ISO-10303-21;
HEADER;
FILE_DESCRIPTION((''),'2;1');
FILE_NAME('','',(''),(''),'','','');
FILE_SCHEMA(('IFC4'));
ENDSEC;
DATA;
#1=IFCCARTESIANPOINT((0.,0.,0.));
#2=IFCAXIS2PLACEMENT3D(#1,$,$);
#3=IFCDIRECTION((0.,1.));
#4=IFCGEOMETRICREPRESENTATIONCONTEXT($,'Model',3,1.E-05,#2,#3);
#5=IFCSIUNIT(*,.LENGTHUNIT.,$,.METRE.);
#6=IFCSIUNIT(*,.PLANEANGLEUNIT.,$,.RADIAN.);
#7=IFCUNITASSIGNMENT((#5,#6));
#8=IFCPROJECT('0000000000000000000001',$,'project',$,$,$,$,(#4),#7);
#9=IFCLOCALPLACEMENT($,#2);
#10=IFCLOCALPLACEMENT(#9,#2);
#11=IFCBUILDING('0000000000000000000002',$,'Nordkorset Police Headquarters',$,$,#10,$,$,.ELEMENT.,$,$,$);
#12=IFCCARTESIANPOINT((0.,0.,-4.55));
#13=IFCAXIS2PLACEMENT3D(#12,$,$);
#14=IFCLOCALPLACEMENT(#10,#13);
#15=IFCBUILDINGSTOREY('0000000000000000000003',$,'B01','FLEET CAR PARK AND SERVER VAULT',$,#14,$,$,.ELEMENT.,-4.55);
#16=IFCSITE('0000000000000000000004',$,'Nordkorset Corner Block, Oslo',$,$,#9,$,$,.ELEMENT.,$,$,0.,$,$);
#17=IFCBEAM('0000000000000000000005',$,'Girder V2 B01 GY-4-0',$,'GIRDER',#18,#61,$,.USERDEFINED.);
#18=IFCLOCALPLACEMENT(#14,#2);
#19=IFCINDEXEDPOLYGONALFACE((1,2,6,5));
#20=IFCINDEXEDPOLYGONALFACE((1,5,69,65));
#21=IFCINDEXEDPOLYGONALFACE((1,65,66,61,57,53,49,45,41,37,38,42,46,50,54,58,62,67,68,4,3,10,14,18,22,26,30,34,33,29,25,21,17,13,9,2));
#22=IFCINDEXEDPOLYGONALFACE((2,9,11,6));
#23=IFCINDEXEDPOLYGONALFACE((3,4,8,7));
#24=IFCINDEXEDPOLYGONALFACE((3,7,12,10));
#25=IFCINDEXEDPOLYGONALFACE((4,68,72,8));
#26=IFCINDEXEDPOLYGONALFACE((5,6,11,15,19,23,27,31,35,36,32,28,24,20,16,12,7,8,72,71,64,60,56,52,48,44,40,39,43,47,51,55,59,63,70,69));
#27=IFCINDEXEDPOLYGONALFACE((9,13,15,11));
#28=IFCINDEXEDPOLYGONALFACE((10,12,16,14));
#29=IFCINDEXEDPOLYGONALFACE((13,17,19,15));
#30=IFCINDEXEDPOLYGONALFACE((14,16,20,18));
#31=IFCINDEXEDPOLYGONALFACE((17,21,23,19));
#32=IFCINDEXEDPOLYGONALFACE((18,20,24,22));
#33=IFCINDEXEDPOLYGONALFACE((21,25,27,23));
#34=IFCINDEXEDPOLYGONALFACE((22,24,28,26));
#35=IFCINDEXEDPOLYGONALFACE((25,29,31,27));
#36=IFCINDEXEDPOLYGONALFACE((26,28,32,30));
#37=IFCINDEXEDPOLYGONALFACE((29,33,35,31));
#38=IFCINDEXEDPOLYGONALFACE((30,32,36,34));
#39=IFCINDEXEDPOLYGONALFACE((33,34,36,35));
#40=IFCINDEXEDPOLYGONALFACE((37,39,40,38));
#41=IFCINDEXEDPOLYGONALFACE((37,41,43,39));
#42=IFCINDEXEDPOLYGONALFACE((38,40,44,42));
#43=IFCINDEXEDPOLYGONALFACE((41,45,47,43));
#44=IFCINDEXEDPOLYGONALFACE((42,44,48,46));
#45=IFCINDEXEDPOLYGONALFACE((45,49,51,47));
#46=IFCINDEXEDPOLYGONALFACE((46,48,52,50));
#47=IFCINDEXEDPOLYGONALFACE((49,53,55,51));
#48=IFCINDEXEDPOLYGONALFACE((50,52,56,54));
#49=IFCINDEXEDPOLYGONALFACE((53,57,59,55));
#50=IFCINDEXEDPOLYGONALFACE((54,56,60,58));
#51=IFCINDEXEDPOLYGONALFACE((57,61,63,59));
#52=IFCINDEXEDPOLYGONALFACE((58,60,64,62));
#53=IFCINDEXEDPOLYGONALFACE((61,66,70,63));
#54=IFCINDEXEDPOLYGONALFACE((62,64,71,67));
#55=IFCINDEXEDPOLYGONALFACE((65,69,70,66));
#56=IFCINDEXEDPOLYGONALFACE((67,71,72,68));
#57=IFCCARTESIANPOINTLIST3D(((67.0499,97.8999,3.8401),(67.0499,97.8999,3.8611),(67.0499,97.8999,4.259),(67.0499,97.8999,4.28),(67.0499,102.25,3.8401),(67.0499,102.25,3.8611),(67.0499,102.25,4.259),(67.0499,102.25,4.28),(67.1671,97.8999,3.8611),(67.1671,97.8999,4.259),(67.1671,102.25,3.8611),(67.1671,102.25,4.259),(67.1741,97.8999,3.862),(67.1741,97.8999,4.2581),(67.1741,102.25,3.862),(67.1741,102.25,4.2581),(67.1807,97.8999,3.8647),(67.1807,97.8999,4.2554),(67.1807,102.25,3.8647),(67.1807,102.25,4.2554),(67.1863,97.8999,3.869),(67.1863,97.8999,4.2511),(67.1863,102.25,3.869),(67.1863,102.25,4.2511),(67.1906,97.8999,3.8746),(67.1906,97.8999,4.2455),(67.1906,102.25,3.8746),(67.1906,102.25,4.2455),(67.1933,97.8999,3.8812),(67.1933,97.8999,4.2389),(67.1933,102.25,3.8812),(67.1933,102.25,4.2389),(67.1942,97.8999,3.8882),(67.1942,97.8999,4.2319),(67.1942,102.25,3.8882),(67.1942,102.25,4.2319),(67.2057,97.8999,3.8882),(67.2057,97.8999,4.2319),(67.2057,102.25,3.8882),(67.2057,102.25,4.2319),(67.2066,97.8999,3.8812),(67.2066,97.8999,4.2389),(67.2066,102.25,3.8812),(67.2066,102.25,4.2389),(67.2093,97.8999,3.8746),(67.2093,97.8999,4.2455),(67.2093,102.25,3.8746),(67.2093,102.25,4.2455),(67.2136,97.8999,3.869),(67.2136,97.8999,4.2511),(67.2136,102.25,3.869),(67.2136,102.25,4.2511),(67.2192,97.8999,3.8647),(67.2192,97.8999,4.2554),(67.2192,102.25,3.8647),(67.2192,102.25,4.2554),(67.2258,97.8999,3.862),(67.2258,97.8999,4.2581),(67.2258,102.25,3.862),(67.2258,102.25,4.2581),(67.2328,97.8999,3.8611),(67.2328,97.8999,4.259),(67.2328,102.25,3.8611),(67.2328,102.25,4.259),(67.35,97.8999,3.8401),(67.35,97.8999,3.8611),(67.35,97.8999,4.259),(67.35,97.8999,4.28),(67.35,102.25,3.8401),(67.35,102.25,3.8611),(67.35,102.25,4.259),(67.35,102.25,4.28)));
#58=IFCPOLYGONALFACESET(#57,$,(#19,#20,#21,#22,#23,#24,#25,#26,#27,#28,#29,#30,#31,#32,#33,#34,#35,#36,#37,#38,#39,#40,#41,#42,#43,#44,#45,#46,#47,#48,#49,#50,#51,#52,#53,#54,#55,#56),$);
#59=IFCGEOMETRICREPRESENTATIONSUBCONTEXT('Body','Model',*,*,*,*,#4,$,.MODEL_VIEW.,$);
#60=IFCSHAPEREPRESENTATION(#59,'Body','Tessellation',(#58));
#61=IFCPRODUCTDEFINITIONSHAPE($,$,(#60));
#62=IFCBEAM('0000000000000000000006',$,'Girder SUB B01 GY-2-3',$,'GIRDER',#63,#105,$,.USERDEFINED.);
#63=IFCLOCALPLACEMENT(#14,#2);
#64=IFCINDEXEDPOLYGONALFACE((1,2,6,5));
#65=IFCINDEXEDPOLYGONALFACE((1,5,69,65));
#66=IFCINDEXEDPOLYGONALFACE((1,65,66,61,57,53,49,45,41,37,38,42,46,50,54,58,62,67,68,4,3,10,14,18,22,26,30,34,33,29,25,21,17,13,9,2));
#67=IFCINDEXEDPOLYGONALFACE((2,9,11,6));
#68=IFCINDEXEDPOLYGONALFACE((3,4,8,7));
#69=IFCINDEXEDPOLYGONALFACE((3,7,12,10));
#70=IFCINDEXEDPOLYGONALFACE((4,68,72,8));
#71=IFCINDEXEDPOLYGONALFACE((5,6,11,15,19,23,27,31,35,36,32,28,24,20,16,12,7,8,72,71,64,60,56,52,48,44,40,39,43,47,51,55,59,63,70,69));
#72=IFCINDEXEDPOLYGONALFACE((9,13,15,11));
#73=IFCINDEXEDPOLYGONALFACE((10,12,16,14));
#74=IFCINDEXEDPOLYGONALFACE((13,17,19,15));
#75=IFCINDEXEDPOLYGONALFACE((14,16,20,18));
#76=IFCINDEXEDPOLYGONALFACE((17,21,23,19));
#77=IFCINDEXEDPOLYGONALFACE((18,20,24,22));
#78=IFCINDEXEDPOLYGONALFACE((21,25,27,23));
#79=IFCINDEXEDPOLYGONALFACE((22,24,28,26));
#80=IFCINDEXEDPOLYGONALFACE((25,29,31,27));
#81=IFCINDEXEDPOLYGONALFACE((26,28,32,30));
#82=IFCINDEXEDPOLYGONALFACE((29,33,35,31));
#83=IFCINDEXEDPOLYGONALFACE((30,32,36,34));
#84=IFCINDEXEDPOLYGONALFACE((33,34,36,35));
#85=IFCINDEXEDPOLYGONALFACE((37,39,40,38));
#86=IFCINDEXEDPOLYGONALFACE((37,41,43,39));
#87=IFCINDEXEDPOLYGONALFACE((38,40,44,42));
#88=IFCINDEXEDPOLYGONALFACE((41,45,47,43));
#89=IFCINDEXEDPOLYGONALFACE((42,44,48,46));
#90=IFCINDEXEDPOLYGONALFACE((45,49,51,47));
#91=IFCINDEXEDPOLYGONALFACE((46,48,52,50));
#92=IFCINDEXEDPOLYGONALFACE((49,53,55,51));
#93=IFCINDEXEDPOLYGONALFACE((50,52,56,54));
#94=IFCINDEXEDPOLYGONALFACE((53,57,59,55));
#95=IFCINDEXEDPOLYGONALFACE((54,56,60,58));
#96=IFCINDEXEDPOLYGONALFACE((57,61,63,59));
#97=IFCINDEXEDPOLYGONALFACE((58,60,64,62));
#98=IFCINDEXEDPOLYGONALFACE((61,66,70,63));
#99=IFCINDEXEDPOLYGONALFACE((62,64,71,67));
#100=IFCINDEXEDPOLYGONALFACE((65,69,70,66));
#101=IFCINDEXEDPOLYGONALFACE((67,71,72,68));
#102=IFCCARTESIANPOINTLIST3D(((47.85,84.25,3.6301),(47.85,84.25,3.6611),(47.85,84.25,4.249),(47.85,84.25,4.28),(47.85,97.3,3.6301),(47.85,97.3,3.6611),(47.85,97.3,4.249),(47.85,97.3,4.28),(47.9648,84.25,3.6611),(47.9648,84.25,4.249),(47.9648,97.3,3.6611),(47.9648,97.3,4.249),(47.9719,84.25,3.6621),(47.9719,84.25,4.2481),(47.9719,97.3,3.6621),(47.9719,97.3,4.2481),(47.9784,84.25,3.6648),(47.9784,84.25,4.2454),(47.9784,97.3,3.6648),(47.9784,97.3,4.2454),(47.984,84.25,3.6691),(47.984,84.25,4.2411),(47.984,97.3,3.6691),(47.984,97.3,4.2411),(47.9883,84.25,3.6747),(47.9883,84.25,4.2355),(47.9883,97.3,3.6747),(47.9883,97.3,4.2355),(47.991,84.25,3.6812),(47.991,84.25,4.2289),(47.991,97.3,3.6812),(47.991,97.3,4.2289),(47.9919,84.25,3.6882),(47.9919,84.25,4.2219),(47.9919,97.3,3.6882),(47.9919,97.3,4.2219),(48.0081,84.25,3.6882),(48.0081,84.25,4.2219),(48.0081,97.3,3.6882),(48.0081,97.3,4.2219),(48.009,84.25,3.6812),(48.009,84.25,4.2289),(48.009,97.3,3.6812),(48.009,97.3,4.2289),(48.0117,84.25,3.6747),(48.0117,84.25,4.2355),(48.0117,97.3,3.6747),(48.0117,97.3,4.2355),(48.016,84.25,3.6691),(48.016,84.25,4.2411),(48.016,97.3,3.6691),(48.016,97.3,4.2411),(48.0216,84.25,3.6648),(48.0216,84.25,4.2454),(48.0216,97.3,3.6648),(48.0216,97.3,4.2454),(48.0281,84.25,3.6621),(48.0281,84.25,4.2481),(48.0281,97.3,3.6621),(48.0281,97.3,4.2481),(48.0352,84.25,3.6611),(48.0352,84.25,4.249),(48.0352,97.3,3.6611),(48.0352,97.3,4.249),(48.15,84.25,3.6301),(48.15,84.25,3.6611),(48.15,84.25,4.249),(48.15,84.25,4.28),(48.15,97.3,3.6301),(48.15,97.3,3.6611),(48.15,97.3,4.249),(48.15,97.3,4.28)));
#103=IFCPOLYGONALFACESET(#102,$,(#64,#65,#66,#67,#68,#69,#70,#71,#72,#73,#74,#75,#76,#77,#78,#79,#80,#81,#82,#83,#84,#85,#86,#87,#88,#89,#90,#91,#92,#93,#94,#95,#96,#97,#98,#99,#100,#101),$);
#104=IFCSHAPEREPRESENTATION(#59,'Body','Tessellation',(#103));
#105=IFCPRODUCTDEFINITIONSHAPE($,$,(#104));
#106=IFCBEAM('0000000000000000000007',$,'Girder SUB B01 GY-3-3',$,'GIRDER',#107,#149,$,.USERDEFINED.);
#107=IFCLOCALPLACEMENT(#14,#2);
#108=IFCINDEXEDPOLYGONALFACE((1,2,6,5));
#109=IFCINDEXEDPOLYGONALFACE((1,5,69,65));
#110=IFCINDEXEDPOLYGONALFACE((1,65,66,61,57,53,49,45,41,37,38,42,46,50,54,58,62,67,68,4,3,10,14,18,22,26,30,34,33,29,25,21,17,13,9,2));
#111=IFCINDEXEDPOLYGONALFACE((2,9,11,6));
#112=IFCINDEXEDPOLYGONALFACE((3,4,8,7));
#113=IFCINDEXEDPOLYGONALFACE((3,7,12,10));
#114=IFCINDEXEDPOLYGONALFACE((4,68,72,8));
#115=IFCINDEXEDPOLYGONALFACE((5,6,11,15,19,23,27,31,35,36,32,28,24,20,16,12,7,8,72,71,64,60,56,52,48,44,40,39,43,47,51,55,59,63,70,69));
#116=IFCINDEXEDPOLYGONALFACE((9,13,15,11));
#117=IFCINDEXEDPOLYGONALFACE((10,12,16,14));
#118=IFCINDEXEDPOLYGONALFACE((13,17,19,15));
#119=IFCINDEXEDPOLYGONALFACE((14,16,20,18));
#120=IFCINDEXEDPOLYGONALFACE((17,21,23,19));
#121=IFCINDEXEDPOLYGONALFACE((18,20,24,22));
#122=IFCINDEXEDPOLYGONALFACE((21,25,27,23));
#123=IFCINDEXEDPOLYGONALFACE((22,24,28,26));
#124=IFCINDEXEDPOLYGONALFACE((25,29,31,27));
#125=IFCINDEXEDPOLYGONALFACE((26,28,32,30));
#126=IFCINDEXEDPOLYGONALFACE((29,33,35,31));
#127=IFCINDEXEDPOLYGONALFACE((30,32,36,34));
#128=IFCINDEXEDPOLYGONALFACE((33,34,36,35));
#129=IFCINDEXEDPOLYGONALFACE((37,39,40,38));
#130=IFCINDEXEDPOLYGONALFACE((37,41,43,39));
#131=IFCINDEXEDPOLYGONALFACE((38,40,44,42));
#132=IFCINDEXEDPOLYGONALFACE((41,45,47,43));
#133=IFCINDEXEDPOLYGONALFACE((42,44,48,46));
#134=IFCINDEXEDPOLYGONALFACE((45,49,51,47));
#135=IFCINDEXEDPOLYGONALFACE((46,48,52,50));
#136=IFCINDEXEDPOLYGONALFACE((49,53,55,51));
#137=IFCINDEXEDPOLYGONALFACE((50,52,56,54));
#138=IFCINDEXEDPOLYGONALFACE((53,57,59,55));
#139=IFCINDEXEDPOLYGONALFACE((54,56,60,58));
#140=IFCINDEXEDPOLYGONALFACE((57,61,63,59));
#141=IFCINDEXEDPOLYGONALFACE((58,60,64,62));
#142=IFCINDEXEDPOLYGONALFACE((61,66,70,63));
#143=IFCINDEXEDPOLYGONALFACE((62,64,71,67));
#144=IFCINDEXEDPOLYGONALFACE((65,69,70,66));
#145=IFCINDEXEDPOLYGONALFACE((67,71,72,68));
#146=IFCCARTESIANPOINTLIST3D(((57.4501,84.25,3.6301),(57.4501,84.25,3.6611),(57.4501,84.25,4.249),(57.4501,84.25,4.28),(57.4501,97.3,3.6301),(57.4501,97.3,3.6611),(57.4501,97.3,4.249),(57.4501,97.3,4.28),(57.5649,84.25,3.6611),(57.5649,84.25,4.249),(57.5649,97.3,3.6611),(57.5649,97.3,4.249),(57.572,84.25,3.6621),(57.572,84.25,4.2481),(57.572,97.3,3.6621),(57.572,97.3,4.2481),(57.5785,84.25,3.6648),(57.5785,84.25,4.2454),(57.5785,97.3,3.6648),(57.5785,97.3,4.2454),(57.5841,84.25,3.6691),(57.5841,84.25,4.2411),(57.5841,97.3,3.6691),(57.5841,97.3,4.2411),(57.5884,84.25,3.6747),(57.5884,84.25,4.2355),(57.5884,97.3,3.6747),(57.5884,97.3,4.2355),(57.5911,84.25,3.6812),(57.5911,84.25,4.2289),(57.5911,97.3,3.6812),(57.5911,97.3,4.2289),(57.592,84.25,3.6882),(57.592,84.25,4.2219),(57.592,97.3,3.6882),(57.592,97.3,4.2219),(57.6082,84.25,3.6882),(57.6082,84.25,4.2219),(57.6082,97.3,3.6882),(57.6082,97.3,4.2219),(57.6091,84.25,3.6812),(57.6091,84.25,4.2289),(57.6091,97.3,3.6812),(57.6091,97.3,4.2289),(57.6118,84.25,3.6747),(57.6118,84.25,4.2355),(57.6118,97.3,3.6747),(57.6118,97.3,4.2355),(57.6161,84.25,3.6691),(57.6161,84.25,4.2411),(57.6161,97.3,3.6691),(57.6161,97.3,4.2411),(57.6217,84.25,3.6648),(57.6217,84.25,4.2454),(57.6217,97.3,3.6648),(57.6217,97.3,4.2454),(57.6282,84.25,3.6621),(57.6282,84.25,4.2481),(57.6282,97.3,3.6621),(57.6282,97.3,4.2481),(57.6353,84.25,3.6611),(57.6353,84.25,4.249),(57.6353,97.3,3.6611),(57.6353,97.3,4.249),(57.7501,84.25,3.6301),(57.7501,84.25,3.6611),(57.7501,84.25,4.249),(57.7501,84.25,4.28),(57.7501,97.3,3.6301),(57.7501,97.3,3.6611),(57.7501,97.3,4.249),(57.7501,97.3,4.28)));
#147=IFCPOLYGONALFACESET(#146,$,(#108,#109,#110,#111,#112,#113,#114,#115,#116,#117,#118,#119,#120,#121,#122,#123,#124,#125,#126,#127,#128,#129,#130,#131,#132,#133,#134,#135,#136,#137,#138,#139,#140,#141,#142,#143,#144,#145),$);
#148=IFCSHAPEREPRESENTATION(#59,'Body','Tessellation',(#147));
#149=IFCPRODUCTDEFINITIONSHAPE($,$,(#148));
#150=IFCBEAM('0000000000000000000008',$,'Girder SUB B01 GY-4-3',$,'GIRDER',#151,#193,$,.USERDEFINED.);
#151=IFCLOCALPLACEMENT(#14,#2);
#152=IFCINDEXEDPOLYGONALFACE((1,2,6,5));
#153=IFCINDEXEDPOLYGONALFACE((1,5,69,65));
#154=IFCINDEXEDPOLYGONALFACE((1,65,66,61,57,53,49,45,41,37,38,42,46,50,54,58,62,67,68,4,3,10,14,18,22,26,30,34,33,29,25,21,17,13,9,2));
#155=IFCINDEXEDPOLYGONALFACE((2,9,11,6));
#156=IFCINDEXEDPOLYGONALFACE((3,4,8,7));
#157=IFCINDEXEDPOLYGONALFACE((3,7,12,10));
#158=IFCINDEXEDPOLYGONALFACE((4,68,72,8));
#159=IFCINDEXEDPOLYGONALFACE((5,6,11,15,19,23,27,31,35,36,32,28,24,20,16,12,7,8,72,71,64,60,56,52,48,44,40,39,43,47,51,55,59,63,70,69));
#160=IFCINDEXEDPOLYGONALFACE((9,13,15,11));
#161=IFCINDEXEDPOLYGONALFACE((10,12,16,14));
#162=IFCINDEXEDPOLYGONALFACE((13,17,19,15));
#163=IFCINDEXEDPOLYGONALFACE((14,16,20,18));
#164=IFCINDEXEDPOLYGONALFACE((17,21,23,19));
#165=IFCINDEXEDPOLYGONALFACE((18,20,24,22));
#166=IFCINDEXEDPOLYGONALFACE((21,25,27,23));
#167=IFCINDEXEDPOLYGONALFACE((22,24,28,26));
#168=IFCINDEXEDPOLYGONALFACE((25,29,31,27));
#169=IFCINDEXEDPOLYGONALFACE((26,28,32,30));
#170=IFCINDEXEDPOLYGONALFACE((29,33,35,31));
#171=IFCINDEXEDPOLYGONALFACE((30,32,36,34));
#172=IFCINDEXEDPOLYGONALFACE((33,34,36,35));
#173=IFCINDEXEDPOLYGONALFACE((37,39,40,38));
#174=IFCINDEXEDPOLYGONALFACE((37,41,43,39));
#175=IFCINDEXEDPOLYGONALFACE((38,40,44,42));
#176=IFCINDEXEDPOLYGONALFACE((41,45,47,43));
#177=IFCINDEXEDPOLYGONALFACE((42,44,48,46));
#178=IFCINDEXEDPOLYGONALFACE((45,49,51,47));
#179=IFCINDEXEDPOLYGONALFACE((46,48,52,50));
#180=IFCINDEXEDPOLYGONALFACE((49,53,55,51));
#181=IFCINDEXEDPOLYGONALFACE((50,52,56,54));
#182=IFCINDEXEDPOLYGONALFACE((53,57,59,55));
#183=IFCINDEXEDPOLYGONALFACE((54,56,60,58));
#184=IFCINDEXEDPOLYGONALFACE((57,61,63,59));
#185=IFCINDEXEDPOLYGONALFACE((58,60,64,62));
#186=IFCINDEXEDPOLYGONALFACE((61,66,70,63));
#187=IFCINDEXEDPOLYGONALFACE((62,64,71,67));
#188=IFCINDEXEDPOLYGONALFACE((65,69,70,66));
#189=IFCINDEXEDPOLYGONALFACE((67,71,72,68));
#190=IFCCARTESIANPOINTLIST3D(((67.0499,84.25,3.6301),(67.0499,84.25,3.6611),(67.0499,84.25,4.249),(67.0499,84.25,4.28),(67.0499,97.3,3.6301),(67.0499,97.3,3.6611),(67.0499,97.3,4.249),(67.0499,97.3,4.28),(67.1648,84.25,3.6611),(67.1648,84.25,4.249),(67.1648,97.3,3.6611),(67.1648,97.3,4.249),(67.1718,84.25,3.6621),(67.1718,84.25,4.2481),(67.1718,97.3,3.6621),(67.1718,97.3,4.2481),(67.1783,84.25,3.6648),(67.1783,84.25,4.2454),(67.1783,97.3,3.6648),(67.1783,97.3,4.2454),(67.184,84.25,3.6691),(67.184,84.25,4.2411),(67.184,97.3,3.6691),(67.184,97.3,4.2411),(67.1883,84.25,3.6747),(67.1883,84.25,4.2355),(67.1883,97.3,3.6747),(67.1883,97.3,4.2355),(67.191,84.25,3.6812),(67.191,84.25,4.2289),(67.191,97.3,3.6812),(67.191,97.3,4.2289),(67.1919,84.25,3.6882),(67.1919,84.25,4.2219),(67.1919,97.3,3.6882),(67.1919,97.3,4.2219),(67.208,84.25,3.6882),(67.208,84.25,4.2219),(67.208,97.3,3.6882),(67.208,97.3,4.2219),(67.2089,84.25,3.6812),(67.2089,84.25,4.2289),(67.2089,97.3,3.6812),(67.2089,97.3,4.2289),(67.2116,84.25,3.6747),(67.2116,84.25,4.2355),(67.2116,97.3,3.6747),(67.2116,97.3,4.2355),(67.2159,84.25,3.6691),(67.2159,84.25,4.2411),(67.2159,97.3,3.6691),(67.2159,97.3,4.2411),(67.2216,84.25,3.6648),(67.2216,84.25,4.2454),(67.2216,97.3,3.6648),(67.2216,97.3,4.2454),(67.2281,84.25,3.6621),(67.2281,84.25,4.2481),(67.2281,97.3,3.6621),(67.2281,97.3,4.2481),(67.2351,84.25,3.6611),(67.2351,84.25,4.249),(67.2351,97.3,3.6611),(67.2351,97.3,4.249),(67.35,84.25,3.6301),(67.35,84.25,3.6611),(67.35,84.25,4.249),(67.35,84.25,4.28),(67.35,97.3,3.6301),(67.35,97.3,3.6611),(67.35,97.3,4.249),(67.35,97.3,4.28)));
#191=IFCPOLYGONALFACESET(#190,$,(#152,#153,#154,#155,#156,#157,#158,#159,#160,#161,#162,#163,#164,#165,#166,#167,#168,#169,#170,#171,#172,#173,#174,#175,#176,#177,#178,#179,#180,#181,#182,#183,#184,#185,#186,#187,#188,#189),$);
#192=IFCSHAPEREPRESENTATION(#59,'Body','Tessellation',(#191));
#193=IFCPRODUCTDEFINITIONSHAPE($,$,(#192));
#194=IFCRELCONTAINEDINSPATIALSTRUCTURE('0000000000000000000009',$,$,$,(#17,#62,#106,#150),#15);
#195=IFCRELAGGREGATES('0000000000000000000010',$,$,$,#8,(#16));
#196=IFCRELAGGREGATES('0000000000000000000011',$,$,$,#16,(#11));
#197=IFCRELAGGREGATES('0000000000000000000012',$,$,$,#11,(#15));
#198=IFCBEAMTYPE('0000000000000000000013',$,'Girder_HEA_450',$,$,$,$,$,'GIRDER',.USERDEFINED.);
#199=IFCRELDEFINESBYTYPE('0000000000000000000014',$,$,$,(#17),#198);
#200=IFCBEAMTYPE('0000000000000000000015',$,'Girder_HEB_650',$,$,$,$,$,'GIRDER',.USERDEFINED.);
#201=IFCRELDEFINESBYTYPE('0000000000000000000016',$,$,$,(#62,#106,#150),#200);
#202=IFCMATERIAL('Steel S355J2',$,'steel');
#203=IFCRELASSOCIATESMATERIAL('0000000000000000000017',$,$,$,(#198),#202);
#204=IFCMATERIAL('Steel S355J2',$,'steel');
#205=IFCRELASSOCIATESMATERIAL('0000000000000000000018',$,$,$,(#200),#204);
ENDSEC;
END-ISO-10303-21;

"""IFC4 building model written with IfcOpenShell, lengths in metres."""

from ifc_helpers import new_model, si_unit, direction, frame, origin, origin_2d, place, context, subcontext, project, spatial, i_section, extrude, material, material_profile, profile_set, type_object, element, save


model = new_model("IFC4")

# Units and contexts
model_context = context("Model", 3, precision=1e-05, world=origin(), true_north=direction((0.0, 1.0)))
body_context = subcontext(model_context, "Body", "Model", "MODEL_VIEW")
ifc_project = project(units=[si_unit("LENGTHUNIT", "METRE"), si_unit("PLANEANGLEUNIT", "RADIAN")], contexts=[model_context])

# Site, building, storey
site_placement = place(None, origin())
site = spatial("IfcSite", under=ifc_project, at=site_placement, Name="Nordkorset Corner Block, Oslo", CompositionType="ELEMENT", RefElevation=0.0)
building_placement = place(site_placement, origin())
building = spatial("IfcBuilding", under=site, at=building_placement, Name="Nordkorset Police Headquarters", CompositionType="ELEMENT")
storey_placement = place(building_placement, frame((0.0, 0.0, -4.55)))
storey = spatial("IfcBuildingStorey", under=building, at=storey_placement, Name="B01", Description="FLEET CAR PARK AND SERVER VAULT", CompositionType="ELEMENT", Elevation=-4.55)

# Beams
ifc_material_1 = material(Name="Steel S355J2", Category="steel")
ifc_material_profile_1 = material_profile(ifc_material_1, i_section(OverallWidth=0.3, OverallDepth=0.4399, WebThickness=0.0115, FlangeThickness=0.021, FilletRadius=0.0271, at=origin_2d()), Name="HEA 450")
ifc_profile_set_1 = profile_set([ifc_material_profile_1], Name="Steel S355J2")
beam_type_1 = type_object("IfcBeamType", Name="Girder_HEA_450", ElementType="GIRDER", PredefinedType="USERDEFINED", material=ifc_profile_set_1)
for number, where, z_axis, x_axis, name in (
    (1, (67.2, 97.8999, 4.0601), (0.0, 1.0, 0.0), (-1.0, 0.0, 0.0), "Girder V2 B01 GY-4-0"),
):
    element("IfcBeam", number, at=place(storey_placement, frame(where, z_axis=z_axis, x_axis=x_axis)), inside=storey, type_object=beam_type_1, Name=name, ObjectType="GIRDER", PredefinedType="USERDEFINED", context=body_context, shape_type="SweptSolid", body=[
        extrude(i_section(OverallWidth=0.3, OverallDepth=0.4399, WebThickness=0.0115, FlangeThickness=0.021, FilletRadius=0.0271, at=origin_2d()), origin(), (0.0, 0.0, 1.0), 4.3501),
    ])
ifc_material_2 = material(Name="Steel S355J2", Category="steel")
ifc_material_profile_2 = material_profile(ifc_material_2, i_section(OverallWidth=0.3, OverallDepth=0.6499, WebThickness=0.0161, FlangeThickness=0.031, FilletRadius=0.0271, at=origin_2d()), Name="HEB 650")
ifc_profile_set_2 = profile_set([ifc_material_profile_2], Name="Steel S355J2")
beam_type_2 = type_object("IfcBeamType", Name="Girder_HEB_650", ElementType="GIRDER", PredefinedType="USERDEFINED", material=ifc_profile_set_2)
for number, where, z_axis, x_axis, name in (
    (2, (48.0, 84.25, 3.9551), (0.0, 1.0, 0.0), (-1.0, 0.0, 0.0), "Girder SUB B01 GY-2-3"),
    (3, (57.6001, 84.25, 3.9551), (0.0, 1.0, 0.0), (-1.0, 0.0, 0.0), "Girder SUB B01 GY-3-3"),
    (4, (67.2, 84.25, 3.9551), (0.0, 1.0, 0.0), (-1.0, 0.0, 0.0), "Girder SUB B01 GY-4-3"),
):
    element("IfcBeam", number, at=place(storey_placement, frame(where, z_axis=z_axis, x_axis=x_axis)), inside=storey, type_object=beam_type_2, Name=name, ObjectType="GIRDER", PredefinedType="USERDEFINED", context=body_context, shape_type="SweptSolid", body=[
        extrude(i_section(OverallWidth=0.3, OverallDepth=0.6499, WebThickness=0.0161, FlangeThickness=0.031, FilletRadius=0.0271, at=origin_2d()), origin(), (0.0, 0.0, 1.0), 13.05),
    ])

save(model, "model.ifc")
